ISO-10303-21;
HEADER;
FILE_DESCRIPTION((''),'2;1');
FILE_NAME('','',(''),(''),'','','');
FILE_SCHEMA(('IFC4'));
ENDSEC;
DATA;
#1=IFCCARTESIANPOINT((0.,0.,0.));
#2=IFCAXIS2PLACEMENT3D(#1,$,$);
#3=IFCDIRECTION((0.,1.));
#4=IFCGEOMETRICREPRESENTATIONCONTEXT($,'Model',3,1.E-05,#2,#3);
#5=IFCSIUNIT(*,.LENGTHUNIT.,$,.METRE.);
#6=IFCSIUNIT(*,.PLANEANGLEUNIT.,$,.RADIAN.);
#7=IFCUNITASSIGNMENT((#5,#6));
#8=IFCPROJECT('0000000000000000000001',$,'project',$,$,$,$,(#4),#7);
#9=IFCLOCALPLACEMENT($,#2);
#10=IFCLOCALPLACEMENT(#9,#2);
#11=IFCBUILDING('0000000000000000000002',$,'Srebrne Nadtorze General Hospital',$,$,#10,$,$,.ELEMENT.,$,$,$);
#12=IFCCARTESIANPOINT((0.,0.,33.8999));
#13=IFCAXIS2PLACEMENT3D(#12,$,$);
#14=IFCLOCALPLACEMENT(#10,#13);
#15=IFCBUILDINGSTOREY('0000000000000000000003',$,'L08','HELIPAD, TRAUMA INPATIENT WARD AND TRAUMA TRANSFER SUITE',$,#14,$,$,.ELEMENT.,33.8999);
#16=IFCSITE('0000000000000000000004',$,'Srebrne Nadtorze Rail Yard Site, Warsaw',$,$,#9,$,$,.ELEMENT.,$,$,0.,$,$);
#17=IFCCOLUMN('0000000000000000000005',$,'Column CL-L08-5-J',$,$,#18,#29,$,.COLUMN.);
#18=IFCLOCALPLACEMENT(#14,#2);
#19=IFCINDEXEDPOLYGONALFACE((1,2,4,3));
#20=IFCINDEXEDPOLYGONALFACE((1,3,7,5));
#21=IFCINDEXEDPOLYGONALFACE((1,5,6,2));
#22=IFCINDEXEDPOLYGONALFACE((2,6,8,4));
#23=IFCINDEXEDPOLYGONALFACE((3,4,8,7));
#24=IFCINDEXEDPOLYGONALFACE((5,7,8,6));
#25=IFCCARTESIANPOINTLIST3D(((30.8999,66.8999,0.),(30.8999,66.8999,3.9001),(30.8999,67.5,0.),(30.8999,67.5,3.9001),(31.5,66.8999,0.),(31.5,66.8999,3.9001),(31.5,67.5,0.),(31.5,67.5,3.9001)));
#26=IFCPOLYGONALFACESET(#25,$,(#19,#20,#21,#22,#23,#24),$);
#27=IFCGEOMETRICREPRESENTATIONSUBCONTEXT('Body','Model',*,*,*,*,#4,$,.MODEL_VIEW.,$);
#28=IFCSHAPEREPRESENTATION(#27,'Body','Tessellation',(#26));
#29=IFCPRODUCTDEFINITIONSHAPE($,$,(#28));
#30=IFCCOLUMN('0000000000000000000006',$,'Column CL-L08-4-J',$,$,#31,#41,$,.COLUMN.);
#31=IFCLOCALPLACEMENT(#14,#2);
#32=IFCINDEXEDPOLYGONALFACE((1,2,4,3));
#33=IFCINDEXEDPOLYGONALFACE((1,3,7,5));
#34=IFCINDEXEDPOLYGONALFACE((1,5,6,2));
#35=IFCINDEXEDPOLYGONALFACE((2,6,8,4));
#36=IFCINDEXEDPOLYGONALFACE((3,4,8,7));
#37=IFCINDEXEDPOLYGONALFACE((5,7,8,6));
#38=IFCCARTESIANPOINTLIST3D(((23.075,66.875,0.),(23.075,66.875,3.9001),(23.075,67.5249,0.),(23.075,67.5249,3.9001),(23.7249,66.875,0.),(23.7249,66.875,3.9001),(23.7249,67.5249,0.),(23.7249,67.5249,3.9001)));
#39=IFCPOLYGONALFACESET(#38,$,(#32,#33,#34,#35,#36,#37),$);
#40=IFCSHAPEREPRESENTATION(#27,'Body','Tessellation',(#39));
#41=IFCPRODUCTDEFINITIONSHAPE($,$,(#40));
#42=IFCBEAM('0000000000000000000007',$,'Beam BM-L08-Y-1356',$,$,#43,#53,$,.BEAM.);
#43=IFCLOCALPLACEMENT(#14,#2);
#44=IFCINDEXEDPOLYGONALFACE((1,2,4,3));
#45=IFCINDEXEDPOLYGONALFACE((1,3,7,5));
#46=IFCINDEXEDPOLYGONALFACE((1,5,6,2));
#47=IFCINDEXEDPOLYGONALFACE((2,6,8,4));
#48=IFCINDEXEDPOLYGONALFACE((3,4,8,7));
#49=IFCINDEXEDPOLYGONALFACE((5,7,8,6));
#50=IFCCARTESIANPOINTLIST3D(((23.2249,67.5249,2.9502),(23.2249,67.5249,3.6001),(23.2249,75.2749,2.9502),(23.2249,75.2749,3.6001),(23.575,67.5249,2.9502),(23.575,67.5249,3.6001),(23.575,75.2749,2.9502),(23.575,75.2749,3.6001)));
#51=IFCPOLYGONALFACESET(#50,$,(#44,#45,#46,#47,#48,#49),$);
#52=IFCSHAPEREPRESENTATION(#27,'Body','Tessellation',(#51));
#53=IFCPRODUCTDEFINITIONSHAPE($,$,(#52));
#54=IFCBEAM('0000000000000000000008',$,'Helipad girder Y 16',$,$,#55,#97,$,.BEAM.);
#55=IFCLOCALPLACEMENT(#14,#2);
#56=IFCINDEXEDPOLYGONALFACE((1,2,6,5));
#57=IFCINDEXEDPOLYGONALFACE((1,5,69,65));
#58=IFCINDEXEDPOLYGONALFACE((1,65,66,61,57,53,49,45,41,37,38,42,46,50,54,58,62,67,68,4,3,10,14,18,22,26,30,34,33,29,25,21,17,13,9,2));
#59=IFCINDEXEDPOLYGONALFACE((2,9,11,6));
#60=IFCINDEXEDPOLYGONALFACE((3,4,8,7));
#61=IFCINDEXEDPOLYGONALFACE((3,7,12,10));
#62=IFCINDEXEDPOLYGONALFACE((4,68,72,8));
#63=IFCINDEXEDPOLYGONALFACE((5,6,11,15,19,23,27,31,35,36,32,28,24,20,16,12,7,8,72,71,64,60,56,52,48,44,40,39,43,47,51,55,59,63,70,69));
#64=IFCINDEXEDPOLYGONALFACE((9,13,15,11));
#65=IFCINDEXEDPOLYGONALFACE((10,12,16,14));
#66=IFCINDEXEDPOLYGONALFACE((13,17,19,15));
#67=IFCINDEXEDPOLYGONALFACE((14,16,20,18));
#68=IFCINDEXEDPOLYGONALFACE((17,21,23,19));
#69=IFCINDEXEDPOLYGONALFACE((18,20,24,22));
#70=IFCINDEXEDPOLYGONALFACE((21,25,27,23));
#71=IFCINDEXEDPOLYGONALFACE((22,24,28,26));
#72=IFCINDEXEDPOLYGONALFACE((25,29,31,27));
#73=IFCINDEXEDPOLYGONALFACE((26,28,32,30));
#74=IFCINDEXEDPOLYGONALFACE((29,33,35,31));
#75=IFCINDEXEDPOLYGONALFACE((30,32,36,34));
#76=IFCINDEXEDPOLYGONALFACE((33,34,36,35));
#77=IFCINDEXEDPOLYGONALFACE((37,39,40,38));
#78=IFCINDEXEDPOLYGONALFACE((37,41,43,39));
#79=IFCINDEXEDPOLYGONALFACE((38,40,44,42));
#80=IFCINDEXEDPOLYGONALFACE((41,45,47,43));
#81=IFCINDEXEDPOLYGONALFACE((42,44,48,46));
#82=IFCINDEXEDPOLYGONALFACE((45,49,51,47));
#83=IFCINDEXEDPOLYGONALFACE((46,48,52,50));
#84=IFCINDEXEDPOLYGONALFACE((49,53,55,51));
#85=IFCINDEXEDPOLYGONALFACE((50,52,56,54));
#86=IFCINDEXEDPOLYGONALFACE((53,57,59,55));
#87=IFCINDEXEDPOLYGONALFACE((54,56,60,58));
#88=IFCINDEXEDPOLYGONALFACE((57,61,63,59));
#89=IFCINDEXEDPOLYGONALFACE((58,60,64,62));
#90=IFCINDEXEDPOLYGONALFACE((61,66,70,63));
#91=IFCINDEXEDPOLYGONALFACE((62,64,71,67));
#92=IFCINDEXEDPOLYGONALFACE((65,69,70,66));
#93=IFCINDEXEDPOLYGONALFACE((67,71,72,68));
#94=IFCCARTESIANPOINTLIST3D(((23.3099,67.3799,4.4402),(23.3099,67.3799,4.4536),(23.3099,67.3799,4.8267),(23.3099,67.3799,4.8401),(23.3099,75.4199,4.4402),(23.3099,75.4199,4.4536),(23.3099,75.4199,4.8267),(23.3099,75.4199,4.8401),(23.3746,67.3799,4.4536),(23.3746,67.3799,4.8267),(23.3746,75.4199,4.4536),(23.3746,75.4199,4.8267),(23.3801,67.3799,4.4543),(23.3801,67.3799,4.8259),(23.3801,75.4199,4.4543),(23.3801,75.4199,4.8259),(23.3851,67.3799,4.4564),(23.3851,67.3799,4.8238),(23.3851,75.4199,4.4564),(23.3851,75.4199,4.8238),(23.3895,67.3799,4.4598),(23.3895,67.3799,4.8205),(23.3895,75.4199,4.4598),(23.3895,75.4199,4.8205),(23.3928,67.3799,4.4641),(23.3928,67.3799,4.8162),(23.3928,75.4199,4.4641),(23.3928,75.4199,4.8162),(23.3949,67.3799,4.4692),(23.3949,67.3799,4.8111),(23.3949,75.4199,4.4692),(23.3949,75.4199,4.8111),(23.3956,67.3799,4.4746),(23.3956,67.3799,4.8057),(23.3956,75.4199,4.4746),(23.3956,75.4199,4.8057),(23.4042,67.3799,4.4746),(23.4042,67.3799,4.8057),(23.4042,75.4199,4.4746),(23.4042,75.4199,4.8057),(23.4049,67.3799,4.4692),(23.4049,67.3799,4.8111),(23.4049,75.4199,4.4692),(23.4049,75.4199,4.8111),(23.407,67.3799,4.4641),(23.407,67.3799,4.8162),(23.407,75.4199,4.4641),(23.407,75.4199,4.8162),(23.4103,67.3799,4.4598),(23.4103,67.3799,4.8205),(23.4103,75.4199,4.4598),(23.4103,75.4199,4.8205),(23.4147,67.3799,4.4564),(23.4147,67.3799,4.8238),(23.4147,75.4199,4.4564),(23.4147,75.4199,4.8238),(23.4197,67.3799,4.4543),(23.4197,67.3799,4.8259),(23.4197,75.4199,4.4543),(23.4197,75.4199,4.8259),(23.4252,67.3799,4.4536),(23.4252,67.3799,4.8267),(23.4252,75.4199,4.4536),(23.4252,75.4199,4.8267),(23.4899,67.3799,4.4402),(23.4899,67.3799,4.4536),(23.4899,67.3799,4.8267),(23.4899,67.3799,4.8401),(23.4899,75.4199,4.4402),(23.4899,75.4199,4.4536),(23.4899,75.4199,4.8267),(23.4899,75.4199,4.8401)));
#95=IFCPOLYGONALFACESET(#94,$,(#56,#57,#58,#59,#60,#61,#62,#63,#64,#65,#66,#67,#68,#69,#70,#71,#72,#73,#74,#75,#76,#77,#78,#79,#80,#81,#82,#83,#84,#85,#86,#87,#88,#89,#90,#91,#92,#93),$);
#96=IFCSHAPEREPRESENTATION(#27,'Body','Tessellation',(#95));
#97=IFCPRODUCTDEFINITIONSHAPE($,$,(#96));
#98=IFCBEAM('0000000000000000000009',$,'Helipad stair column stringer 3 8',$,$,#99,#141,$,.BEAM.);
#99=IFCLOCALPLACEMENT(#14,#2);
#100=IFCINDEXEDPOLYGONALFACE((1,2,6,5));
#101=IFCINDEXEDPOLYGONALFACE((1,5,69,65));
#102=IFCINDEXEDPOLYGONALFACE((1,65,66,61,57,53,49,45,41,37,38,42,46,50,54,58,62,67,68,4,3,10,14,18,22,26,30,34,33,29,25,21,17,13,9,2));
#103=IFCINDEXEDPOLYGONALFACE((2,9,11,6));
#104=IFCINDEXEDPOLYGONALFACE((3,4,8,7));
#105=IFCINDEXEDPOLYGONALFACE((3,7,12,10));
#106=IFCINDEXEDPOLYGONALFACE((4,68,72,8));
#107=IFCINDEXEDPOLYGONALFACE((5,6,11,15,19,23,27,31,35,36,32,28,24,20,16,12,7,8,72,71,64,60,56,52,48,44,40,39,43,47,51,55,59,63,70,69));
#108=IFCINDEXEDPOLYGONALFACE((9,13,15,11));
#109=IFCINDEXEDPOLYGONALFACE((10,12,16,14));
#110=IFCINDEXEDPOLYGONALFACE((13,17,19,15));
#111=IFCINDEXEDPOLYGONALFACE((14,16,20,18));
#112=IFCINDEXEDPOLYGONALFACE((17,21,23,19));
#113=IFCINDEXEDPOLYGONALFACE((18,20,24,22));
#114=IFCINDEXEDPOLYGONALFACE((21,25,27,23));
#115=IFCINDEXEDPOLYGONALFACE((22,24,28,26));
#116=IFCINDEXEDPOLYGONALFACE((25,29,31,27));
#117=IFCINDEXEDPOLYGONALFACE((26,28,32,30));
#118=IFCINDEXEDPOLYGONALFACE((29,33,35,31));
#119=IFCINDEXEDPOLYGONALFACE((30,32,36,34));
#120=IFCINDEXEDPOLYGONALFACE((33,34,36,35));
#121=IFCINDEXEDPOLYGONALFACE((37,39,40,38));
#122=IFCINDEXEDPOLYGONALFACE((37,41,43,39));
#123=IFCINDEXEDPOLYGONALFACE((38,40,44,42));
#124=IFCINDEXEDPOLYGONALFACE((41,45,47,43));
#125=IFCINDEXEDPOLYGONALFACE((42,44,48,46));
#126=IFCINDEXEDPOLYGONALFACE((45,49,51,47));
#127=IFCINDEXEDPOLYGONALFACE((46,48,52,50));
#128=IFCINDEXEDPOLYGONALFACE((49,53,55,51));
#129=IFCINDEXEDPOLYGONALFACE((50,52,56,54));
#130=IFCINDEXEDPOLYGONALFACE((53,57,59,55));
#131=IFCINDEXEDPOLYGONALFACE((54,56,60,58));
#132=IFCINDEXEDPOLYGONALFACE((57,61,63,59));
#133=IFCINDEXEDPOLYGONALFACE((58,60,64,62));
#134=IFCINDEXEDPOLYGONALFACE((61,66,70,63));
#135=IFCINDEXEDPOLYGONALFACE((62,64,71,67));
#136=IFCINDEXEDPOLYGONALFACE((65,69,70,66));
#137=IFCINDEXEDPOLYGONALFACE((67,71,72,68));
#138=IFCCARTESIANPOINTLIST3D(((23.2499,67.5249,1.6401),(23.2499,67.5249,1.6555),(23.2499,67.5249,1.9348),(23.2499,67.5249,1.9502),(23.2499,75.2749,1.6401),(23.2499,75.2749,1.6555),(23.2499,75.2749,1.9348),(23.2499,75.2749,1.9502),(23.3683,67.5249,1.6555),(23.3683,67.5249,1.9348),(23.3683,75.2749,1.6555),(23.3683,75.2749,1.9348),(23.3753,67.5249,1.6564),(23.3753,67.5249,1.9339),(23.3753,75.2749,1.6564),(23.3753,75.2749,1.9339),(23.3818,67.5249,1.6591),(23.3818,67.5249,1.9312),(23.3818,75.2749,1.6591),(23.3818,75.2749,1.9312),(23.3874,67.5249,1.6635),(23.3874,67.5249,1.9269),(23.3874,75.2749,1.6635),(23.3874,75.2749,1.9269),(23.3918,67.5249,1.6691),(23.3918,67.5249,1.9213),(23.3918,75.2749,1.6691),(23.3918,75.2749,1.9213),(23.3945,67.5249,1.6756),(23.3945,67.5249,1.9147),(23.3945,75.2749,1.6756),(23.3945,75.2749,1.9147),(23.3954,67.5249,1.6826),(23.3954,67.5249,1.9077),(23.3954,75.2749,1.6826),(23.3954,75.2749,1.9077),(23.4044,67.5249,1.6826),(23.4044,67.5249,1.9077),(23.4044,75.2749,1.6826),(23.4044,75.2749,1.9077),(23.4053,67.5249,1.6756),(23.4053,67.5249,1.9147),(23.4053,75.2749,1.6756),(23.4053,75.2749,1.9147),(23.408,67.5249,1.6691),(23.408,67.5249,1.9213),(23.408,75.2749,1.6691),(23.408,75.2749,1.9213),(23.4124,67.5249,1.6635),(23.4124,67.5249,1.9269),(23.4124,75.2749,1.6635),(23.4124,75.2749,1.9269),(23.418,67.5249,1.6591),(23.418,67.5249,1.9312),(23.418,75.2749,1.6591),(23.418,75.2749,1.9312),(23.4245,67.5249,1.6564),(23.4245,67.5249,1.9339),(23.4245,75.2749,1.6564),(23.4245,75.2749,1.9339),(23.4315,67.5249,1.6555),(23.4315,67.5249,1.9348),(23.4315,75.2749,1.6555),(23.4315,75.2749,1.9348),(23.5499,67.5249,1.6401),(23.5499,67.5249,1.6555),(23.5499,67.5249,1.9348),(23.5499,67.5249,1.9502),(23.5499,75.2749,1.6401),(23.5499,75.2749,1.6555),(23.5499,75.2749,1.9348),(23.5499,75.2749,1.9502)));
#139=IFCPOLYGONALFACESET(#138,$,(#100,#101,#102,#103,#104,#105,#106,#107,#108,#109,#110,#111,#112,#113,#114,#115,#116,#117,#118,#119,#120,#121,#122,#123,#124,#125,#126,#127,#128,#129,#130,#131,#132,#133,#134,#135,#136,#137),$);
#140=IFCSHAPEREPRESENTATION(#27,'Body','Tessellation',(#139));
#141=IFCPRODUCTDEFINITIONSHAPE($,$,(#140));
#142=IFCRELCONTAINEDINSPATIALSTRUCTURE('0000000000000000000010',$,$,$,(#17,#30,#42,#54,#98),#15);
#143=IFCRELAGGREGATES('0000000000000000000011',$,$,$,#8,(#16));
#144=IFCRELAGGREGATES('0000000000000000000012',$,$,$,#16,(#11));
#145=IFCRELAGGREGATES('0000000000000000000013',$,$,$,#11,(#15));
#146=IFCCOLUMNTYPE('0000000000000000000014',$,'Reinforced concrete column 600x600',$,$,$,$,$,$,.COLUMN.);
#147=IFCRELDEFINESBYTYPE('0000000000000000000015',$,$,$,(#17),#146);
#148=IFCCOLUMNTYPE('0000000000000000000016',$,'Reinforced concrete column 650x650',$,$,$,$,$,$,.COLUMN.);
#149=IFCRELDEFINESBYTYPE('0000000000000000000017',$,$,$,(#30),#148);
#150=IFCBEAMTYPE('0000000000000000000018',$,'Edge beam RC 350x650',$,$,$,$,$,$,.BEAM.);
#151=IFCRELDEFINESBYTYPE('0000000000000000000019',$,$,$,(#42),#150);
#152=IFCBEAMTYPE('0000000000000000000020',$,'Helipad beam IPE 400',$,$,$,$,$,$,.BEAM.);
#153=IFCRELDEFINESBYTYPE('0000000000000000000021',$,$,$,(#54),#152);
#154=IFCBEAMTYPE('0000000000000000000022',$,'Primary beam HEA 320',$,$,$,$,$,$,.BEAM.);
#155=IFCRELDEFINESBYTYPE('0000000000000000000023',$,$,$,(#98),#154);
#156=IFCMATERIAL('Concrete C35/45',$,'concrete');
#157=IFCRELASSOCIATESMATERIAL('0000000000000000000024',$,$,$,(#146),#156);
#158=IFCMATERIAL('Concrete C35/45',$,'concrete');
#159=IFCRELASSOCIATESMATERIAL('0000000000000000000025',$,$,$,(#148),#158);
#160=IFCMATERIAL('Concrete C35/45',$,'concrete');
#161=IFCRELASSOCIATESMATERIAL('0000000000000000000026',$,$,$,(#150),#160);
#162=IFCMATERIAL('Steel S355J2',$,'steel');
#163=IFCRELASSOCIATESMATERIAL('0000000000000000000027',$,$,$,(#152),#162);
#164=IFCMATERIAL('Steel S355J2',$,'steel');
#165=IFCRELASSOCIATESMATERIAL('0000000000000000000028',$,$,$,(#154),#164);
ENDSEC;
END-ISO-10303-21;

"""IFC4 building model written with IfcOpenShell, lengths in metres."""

from ifc_helpers import new_model, si_unit, direction, frame, origin, origin_2d, place, context, subcontext, project, spatial, rectangle, i_section, extrude, material, material_profile, profile_set, type_object, element, save


model = new_model("IFC4")

# Units and contexts
model_context = context("Model", 3, precision=1e-05, world=origin(), true_north=direction((0.0, 1.0)))
body_context = subcontext(model_context, "Body", "Model", "MODEL_VIEW")
ifc_project = project(units=[si_unit("LENGTHUNIT", "METRE"), si_unit("PLANEANGLEUNIT", "RADIAN")], contexts=[model_context])

# Site, building, storey
site_placement = place(None, origin())
site = spatial("IfcSite", under=ifc_project, at=site_placement, Name="Srebrne Nadtorze Rail Yard Site, Warsaw", CompositionType="ELEMENT", RefElevation=0.0)
building_placement = place(site_placement, origin())
building = spatial("IfcBuilding", under=site, at=building_placement, Name="Srebrne Nadtorze General Hospital", CompositionType="ELEMENT")
storey_placement = place(building_placement, frame((0.0, 0.0, 33.8999)))
storey = spatial("IfcBuildingStorey", under=building, at=storey_placement, Name="L08", Description="HELIPAD, TRAUMA INPATIENT WARD AND TRAUMA TRANSFER SUITE", CompositionType="ELEMENT", Elevation=33.8999)

# Columns
ifc_material_1 = material(Name="Concrete C35/45", Category="concrete")
ifc_material_profile_1 = material_profile(ifc_material_1, rectangle(XDim=0.6001, YDim=0.6001, at=origin_2d()), Name="RC-COL-600x600")
ifc_profile_set_1 = profile_set([ifc_material_profile_1], Name="Concrete C35/45")
column_type_1 = type_object("IfcColumnType", Name="Reinforced concrete column 600x600", PredefinedType="COLUMN", material=ifc_profile_set_1)
column_1_placement = place(storey_placement, frame((31.2, 67.2, 0.0), z_axis=(0.0, 0.0, 1.0), x_axis=(1.0, 0.0, 0.0)))
element("IfcColumn", 1, at=column_1_placement, inside=storey, type_object=column_type_1, Name="Column CL-L08-5-J", PredefinedType="COLUMN", context=body_context, shape_type="SweptSolid", body=[
    extrude(rectangle(XDim=0.6001, YDim=0.6001, at=origin_2d()), origin(), (0.0, 0.0, 1.0), 3.9001),
])
ifc_material_2 = material(Name="Concrete C35/45", Category="concrete")
ifc_material_profile_2 = material_profile(ifc_material_2, rectangle(XDim=0.6499, YDim=0.6499, at=origin_2d()), Name="RC-COL-650x650")
ifc_profile_set_2 = profile_set([ifc_material_profile_2], Name="Concrete C35/45")
column_type_2 = type_object("IfcColumnType", Name="Reinforced concrete column 650x650", PredefinedType="COLUMN", material=ifc_profile_set_2)
column_2_placement = place(storey_placement, frame((23.3999, 67.2, 0.0), z_axis=(0.0, 0.0, 1.0), x_axis=(1.0, 0.0, 0.0)))
element("IfcColumn", 2, at=column_2_placement, inside=storey, type_object=column_type_2, Name="Column CL-L08-4-J", PredefinedType="COLUMN", context=body_context, shape_type="SweptSolid", body=[
    extrude(rectangle(XDim=0.6499, YDim=0.6499, at=origin_2d()), origin(), (0.0, 0.0, 1.0), 3.9001),
])

# Beams
ifc_material_3 = material(Name="Concrete C35/45", Category="concrete")
ifc_material_profile_3 = material_profile(ifc_material_3, rectangle(XDim=0.3501, YDim=0.6499, at=origin_2d()), Name="RC-BM-350x650")
ifc_profile_set_3 = profile_set([ifc_material_profile_3], Name="Concrete C35/45")
beam_type_1 = type_object("IfcBeamType", Name="Edge beam RC 350x650", PredefinedType="BEAM", material=ifc_profile_set_3)
beam_1_placement = place(storey_placement, frame((23.3999, 67.5249, 3.2751), z_axis=(0.0, 1.0, 0.0), x_axis=(-1.0, 0.0, 0.0)))
element("IfcBeam", 3, at=beam_1_placement, inside=storey, type_object=beam_type_1, Name="Beam BM-L08-Y-1356", PredefinedType="BEAM", context=body_context, shape_type="SweptSolid", body=[
    extrude(rectangle(XDim=0.3501, YDim=0.6499, at=origin_2d()), origin(), (0.0, 0.0, 1.0), 7.75),
])
ifc_material_4 = material(Name="Steel S355J2", Category="steel")
ifc_material_profile_4 = material_profile(ifc_material_4, i_section(OverallWidth=0.1799, OverallDepth=0.3999, WebThickness=0.0085, FlangeThickness=0.0134, FilletRadius=0.021, at=origin_2d()), Name="IPE-400")
ifc_profile_set_4 = profile_set([ifc_material_profile_4], Name="Steel S355J2")
beam_type_2 = type_object("IfcBeamType", Name="Helipad beam IPE 400", PredefinedType="BEAM", material=ifc_profile_set_4)
beam_2_placement = place(storey_placement, frame((23.3999, 67.3799, 4.6401), z_axis=(0.0, 1.0, 0.0), x_axis=(-1.0, 0.0, 0.0)))
element("IfcBeam", 4, at=beam_2_placement, inside=storey, type_object=beam_type_2, Name="Helipad girder Y 16", PredefinedType="BEAM", context=body_context, shape_type="SweptSolid", body=[
    extrude(i_section(OverallWidth=0.1799, OverallDepth=0.3999, WebThickness=0.0085, FlangeThickness=0.0134, FilletRadius=0.021, at=origin_2d()), origin(), (0.0, 0.0, 1.0), 8.04),
])
ifc_material_5 = material(Name="Steel S355J2", Category="steel")
ifc_material_profile_5 = material_profile(ifc_material_5, i_section(OverallWidth=0.3, OverallDepth=0.3101, WebThickness=0.009, FlangeThickness=0.0154, FilletRadius=0.0271, at=origin_2d()), Name="HEA-320")
ifc_profile_set_5 = profile_set([ifc_material_profile_5], Name="Steel S355J2")
beam_type_3 = type_object("IfcBeamType", Name="Primary beam HEA 320", PredefinedType="BEAM", material=ifc_profile_set_5)
beam_3_placement = place(storey_placement, frame((23.3999, 67.5249, 1.7952), z_axis=(0.0, 1.0, 0.0), x_axis=(-1.0, 0.0, 0.0)))
element("IfcBeam", 5, at=beam_3_placement, inside=storey, type_object=beam_type_3, Name="Helipad stair column stringer 3 8", PredefinedType="BEAM", context=body_context, shape_type="SweptSolid", body=[
    extrude(i_section(OverallWidth=0.3, OverallDepth=0.3101, WebThickness=0.009, FlangeThickness=0.0154, FilletRadius=0.0271, at=origin_2d()), origin(), (0.0, 0.0, 1.0), 7.75),
])

save(model, "model.ifc")
